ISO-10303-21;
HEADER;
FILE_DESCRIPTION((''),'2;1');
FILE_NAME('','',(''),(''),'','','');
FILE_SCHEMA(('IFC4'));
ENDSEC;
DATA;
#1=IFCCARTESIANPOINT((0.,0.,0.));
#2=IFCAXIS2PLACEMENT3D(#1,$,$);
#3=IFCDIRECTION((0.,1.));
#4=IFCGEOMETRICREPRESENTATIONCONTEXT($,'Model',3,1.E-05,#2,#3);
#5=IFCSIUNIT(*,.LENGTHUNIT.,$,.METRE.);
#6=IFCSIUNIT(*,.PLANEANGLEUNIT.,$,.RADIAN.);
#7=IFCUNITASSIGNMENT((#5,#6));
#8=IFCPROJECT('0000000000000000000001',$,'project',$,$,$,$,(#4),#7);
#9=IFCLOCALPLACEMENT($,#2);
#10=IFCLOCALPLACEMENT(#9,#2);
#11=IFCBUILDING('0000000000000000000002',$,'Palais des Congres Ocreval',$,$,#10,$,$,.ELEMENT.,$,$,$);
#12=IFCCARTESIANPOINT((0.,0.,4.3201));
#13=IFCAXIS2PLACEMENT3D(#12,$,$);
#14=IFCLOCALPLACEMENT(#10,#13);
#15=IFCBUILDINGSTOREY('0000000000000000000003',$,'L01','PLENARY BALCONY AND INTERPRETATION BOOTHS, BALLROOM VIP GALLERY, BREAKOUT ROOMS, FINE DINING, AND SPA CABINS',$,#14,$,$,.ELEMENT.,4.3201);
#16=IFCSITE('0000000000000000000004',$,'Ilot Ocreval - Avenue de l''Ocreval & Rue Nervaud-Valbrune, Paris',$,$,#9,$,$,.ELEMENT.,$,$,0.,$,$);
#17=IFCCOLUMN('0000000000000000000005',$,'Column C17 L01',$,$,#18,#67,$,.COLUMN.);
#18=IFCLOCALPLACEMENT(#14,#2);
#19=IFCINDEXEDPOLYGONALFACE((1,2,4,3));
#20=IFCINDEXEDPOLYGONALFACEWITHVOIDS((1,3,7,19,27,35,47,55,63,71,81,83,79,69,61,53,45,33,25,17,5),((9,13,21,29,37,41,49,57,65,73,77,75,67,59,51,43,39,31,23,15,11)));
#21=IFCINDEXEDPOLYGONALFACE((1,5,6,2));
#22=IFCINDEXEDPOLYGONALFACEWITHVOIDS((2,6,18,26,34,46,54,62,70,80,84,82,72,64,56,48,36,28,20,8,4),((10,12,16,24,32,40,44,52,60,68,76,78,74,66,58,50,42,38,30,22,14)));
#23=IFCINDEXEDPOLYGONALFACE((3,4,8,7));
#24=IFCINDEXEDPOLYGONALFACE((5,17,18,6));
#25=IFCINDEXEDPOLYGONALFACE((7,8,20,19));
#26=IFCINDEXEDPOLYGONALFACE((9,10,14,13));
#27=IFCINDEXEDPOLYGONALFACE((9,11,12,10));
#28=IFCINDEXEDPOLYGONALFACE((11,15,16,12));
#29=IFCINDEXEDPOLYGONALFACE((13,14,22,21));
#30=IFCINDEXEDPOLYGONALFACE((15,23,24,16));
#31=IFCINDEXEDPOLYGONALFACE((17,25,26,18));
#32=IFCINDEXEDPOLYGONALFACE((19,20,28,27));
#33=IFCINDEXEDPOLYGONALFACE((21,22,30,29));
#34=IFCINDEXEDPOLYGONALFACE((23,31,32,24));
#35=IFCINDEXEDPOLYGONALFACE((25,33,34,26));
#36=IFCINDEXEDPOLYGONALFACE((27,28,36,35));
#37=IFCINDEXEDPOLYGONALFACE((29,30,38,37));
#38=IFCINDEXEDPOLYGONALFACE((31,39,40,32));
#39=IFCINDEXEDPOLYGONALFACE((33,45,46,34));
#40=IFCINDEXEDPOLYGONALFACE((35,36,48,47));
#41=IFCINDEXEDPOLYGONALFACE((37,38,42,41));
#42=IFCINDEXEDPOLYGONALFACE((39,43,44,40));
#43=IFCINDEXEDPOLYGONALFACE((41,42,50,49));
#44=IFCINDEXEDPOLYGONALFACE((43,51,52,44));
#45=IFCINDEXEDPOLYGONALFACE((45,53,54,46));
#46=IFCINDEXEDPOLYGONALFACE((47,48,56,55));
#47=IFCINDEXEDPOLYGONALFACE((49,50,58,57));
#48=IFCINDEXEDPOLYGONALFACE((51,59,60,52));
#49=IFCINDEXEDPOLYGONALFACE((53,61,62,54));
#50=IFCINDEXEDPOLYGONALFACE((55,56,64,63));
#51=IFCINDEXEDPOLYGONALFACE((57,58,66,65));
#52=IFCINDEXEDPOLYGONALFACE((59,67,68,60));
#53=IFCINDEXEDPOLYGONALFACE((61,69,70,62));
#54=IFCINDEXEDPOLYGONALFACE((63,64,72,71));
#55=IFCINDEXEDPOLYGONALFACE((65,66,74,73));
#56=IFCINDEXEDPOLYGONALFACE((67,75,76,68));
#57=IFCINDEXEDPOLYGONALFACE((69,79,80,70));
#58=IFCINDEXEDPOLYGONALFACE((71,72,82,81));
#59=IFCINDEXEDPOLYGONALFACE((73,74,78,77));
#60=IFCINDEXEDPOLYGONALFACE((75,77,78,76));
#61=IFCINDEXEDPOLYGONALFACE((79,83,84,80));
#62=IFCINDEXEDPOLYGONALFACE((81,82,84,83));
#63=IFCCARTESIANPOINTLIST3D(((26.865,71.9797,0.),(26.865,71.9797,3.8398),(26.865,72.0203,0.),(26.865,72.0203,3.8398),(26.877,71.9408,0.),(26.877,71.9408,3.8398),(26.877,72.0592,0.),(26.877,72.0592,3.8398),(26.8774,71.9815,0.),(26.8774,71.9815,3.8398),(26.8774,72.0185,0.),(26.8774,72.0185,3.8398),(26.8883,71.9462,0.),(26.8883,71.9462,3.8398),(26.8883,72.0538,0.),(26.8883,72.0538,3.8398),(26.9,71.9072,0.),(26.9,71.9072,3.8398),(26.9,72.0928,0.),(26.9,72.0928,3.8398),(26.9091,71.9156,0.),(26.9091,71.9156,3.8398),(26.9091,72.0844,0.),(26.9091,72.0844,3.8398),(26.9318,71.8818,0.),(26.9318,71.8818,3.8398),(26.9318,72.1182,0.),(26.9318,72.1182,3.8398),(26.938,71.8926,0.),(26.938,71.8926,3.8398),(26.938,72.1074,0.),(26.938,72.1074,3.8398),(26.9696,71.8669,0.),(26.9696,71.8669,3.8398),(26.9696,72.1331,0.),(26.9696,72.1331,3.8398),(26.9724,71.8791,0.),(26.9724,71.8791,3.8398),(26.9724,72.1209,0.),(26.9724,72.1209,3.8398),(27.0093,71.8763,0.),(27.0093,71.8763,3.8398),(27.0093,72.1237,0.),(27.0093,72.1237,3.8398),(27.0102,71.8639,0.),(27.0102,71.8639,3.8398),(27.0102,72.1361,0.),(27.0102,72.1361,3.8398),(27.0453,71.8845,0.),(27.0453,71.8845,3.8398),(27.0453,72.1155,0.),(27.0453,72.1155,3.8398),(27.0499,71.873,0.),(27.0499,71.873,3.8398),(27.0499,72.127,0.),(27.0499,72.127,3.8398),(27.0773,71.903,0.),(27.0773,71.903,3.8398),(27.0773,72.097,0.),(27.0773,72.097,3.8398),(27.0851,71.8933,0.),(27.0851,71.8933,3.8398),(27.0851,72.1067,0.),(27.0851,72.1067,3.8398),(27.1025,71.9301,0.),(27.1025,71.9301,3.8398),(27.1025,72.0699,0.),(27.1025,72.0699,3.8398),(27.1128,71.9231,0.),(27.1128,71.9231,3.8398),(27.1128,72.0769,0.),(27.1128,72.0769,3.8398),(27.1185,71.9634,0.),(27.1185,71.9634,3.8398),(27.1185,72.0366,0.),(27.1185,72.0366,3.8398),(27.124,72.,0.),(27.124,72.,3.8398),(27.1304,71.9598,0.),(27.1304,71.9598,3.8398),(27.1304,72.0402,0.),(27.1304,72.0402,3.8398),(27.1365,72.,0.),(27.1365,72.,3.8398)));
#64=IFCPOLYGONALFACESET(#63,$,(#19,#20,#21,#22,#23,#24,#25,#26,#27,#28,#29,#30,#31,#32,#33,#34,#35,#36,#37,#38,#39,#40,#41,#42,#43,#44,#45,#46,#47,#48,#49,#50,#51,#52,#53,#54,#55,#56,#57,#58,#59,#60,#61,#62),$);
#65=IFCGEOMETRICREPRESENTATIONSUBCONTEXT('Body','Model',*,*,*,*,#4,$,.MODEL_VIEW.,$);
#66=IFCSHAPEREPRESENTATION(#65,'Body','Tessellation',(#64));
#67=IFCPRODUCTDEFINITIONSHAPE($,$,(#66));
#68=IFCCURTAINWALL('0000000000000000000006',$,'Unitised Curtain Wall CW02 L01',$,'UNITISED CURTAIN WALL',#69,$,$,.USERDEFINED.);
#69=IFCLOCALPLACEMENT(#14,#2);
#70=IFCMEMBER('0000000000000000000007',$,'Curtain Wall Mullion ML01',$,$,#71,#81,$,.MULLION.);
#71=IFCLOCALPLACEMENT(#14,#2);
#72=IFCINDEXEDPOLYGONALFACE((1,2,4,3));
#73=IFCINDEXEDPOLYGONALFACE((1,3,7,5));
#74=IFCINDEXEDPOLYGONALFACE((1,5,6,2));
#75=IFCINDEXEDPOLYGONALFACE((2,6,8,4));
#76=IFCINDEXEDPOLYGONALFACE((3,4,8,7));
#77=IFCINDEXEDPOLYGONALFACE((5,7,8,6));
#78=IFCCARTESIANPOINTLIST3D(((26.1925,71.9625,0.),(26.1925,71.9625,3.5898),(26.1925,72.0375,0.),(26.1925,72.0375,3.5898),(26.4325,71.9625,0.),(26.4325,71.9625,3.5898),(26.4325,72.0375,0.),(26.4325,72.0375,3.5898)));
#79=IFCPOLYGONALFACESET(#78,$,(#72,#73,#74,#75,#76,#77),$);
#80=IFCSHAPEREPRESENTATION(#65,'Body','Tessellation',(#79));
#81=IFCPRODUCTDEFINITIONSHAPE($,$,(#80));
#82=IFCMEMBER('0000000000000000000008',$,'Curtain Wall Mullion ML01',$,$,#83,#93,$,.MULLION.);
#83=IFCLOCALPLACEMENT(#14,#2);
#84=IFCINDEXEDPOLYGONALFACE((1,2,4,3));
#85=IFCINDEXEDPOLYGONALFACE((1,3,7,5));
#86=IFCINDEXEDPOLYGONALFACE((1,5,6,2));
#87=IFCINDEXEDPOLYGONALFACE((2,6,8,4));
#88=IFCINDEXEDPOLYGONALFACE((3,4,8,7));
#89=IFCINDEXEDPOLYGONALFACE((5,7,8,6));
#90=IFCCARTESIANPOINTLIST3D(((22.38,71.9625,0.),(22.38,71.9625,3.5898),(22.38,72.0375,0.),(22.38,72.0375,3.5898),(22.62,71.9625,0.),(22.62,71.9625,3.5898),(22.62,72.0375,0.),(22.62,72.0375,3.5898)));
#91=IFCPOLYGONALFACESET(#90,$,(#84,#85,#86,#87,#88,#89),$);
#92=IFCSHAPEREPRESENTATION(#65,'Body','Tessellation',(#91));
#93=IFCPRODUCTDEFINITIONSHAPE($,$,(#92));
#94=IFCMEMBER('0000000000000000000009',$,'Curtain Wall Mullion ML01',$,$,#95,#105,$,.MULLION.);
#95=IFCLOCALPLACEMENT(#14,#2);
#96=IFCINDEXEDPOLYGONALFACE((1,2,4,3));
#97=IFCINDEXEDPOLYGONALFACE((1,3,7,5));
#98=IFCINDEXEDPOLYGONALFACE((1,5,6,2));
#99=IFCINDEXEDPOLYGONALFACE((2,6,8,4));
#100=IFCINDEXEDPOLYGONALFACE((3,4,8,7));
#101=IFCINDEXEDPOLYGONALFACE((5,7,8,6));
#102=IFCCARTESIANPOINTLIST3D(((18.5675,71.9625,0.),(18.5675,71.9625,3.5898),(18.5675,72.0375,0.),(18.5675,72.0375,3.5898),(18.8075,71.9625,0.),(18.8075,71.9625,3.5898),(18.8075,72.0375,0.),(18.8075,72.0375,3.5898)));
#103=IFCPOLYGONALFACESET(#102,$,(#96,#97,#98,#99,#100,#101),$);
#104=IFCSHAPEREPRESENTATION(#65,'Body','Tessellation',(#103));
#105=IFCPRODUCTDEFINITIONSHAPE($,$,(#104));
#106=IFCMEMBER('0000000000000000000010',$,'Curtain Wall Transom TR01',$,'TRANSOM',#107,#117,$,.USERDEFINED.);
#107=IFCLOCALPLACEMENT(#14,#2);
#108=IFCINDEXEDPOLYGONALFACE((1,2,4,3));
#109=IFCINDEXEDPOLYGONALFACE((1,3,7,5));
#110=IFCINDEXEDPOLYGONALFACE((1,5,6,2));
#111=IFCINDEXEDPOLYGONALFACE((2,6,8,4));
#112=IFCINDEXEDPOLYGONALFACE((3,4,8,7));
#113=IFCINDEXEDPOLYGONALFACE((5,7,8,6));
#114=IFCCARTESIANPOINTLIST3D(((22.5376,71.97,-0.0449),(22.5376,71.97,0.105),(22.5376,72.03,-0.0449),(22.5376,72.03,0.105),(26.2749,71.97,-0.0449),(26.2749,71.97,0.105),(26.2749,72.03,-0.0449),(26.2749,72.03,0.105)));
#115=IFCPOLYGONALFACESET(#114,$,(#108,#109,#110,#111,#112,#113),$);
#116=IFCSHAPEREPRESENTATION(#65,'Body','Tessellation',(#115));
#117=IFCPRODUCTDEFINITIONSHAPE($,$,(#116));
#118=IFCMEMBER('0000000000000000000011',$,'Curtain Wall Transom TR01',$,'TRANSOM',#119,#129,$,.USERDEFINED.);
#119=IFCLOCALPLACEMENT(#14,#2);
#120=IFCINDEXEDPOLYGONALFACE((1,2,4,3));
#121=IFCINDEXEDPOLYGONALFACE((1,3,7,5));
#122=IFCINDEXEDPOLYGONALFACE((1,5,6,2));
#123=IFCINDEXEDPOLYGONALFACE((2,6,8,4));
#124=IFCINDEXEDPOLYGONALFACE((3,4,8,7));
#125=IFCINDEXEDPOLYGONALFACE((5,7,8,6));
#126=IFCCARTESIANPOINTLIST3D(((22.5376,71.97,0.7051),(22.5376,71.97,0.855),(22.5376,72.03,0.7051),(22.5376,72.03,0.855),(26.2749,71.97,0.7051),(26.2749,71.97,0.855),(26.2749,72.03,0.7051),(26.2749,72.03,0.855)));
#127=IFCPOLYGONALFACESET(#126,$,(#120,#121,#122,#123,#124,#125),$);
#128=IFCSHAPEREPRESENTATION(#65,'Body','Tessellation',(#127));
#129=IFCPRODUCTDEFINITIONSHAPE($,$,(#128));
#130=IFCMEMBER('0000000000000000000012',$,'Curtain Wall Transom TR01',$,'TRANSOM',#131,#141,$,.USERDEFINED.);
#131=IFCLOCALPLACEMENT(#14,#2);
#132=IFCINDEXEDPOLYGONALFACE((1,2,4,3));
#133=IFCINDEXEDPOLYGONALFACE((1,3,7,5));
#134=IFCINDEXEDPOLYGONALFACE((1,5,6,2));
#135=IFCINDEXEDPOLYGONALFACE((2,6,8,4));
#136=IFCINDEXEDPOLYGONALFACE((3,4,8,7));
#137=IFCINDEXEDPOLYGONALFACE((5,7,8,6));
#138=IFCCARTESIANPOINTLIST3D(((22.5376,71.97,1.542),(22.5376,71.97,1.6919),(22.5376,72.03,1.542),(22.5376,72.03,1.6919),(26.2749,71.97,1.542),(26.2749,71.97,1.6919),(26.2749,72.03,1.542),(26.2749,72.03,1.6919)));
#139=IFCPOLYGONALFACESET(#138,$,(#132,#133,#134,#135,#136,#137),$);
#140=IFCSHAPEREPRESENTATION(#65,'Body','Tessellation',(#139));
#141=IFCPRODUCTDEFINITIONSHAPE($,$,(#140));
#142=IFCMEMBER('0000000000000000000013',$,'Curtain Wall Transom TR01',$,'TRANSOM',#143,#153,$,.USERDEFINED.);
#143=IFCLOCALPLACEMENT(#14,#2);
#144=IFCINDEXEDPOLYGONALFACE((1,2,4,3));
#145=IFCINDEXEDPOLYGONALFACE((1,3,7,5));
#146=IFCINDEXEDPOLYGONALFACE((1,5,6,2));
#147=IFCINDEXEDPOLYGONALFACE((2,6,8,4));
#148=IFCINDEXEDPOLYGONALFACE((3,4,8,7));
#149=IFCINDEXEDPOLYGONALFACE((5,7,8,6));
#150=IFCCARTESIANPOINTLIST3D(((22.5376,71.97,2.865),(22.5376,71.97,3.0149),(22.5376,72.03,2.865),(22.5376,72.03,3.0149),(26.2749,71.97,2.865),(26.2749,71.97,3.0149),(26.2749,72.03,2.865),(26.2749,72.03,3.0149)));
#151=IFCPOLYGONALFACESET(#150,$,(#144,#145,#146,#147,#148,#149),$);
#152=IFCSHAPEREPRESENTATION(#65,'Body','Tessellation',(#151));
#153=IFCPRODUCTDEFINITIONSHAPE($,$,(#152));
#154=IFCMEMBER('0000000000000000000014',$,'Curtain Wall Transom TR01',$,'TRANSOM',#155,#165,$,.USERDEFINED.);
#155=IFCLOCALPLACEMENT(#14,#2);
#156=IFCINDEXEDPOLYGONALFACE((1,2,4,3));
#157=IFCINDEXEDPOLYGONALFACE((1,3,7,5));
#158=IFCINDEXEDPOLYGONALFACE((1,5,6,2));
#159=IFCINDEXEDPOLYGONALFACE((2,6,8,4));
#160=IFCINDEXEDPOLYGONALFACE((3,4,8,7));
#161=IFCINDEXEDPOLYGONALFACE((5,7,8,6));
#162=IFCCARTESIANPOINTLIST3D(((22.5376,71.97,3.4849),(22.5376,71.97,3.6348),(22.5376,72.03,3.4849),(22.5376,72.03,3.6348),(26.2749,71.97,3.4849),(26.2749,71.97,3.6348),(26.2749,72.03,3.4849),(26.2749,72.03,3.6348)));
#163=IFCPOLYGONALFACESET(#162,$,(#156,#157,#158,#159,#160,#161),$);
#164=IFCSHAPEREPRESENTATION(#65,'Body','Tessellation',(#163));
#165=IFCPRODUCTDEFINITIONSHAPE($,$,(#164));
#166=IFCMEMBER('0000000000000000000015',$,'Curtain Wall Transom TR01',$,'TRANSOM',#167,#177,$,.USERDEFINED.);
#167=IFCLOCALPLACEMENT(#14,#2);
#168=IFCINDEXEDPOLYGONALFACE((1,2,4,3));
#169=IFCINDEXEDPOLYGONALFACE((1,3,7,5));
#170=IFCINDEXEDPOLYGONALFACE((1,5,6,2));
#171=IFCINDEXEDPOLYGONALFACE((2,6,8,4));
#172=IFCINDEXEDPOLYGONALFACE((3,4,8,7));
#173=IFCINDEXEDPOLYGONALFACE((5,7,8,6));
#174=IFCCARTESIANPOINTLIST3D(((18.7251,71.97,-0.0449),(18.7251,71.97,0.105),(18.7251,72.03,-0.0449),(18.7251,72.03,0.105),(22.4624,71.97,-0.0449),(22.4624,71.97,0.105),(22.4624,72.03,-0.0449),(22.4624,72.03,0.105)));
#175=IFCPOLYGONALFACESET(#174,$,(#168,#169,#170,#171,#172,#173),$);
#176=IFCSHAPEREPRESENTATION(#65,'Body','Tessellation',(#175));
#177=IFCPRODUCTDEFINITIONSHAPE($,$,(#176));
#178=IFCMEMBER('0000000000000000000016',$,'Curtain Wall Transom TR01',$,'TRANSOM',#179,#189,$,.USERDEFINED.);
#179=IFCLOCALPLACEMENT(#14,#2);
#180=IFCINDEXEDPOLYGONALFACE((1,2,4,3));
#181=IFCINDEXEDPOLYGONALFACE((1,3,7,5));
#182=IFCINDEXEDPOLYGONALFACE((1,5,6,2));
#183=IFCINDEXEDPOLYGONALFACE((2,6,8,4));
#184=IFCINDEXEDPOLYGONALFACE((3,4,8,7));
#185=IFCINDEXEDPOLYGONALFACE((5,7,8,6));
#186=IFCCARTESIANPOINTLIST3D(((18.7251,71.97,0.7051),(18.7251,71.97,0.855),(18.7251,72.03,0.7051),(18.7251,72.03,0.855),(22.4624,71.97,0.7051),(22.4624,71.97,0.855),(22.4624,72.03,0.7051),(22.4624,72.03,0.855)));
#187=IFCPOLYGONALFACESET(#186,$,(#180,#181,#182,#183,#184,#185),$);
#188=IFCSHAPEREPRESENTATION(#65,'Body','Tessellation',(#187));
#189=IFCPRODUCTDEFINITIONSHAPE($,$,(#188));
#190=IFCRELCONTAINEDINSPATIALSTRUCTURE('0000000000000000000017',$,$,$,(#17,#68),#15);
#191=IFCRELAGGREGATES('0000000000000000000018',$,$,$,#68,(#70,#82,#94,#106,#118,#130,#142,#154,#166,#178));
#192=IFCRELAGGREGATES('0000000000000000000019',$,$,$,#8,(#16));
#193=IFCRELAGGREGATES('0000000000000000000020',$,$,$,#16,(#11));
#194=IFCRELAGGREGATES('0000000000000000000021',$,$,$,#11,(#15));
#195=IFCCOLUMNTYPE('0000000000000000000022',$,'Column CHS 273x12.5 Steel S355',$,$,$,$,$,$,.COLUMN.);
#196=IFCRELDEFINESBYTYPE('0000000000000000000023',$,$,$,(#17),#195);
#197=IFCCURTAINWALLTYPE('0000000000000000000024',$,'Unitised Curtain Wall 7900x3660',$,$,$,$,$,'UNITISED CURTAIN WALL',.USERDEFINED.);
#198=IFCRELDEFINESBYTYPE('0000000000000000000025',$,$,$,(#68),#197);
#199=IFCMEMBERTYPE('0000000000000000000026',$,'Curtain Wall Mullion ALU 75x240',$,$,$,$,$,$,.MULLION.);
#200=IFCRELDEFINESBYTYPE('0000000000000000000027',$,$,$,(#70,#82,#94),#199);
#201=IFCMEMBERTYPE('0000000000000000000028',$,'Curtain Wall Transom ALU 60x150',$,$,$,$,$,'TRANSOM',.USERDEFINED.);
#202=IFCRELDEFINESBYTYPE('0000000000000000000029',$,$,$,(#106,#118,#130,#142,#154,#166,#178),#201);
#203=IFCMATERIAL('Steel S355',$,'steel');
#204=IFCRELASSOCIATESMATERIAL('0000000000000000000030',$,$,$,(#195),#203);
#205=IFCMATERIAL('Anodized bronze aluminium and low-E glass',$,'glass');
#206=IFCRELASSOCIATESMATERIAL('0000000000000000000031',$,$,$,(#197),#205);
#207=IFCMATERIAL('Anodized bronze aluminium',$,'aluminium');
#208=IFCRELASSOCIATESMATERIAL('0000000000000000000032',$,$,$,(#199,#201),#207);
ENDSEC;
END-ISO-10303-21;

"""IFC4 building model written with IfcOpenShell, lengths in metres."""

from ifc_helpers import new_model, si_unit, direction, frame, origin, origin_2d, place, context, subcontext, project, spatial, rectangle, hollow_circle, extrude, material, material_profile, profile_set, type_object, element, aggregate, save


model = new_model("IFC4")

# Units and contexts
model_context = context("Model", 3, precision=1e-05, world=origin(), true_north=direction((0.0, 1.0)))
body_context = subcontext(model_context, "Body", "Model", "MODEL_VIEW")
ifc_project = project(units=[si_unit("LENGTHUNIT", "METRE"), si_unit("PLANEANGLEUNIT", "RADIAN")], contexts=[model_context])

# Site, building, storey
site_placement = place(None, origin())
site = spatial("IfcSite", under=ifc_project, at=site_placement, Name="Ilot Ocreval - Avenue de l'Ocreval & Rue Nervaud-Valbrune, Paris", CompositionType="ELEMENT", RefElevation=0.0)
building_placement = place(site_placement, origin())
building = spatial("IfcBuilding", under=site, at=building_placement, Name="Palais des Congres Ocreval", CompositionType="ELEMENT")
storey_placement = place(building_placement, frame((0.0, 0.0, 4.3201)))
storey = spatial("IfcBuildingStorey", under=building, at=storey_placement, Name="L01", Description="PLENARY BALCONY AND INTERPRETATION BOOTHS, BALLROOM VIP GALLERY, BREAKOUT ROOMS, FINE DINING, AND SPA CABINS", CompositionType="ELEMENT", Elevation=4.3201)

# Column
ifc_material_1 = material(Name="Steel S355", Category="steel")
ifc_material_profile_1 = material_profile(ifc_material_1, hollow_circle(Radius=0.1365, WallThickness=0.0125, at=origin_2d()), Name="CHS 273x12.5")
ifc_profile_set_1 = profile_set([ifc_material_profile_1], Name="Steel S355")
column_type = type_object("IfcColumnType", Name="Column CHS 273x12.5 Steel S355", PredefinedType="COLUMN", material=ifc_profile_set_1)
column_placement = place(storey_placement, frame((27.0, 72.0, 0.0), z_axis=(0.0, 0.0, 1.0), x_axis=(1.0, 0.0, 0.0)))
element("IfcColumn", 1, at=column_placement, inside=storey, type_object=column_type, Name="Column C17 L01", PredefinedType="COLUMN", context=body_context, shape_type="SweptSolid", body=[
    extrude(hollow_circle(Radius=0.1365, WallThickness=0.0125, at=origin_2d()), origin(), (0.0, 0.0, 1.0), 3.8398),
])

# Curtain wall, members
ifc_material_2 = material(Name="Anodized bronze aluminium and low-E glass", Category="glass")
curtain_wall_type = type_object("IfcCurtainWallType", Name="Unitised Curtain Wall 7900x3660", ElementType="UNITISED CURTAIN WALL", PredefinedType="USERDEFINED", material=ifc_material_2)
curtain_wall_placement = place(storey_placement, origin())
curtain_wall = element("IfcCurtainWall", 2, at=curtain_wall_placement, inside=storey, type_object=curtain_wall_type, Name="Unitised Curtain Wall CW02 L01", ObjectType="UNITISED CURTAIN WALL", PredefinedType="USERDEFINED")
ifc_material_3 = material(Name="Anodized bronze aluminium", Category="aluminium")
ifc_material_profile_2 = material_profile(ifc_material_3, rectangle(XDim=0.075, YDim=0.24, at=origin_2d()), Name="ALU 75x240")
ifc_profile_set_2 = profile_set([ifc_material_profile_2], Name="Anodized bronze aluminium")
member_type_1 = type_object("IfcMemberType", Name="Curtain Wall Mullion ALU 75x240", PredefinedType="MULLION", material=ifc_profile_set_2)
member_1_placement = place(storey_placement, frame((26.3125, 72.0, 0.0), z_axis=(0.0, 0.0, 1.0), x_axis=(0.0, -1.0, 0.0)))
member_1 = element("IfcMember", 3, at=member_1_placement, type_object=member_type_1, Name="Curtain Wall Mullion ML01", PredefinedType="MULLION", context=body_context, shape_type="SweptSolid", body=[
    extrude(rectangle(XDim=0.075, YDim=0.24, at=origin_2d()), origin(), (0.0, 0.0, 1.0), 3.5898),
])
member_2_placement = place(storey_placement, frame((22.5, 72.0, 0.0), z_axis=(0.0, 0.0, 1.0), x_axis=(0.0, -1.0, 0.0)))
member_2 = element("IfcMember", 4, at=member_2_placement, type_object=member_type_1, Name="Curtain Wall Mullion ML01", PredefinedType="MULLION", context=body_context, shape_type="SweptSolid", body=[
    extrude(rectangle(XDim=0.075, YDim=0.24, at=origin_2d()), origin(), (0.0, 0.0, 1.0), 3.5898),
])
member_3_placement = place(storey_placement, frame((18.6875, 72.0, 0.0), z_axis=(0.0, 0.0, 1.0), x_axis=(0.0, -1.0, 0.0)))
member_3 = element("IfcMember", 5, at=member_3_placement, type_object=member_type_1, Name="Curtain Wall Mullion ML01", PredefinedType="MULLION", context=body_context, shape_type="SweptSolid", body=[
    extrude(rectangle(XDim=0.075, YDim=0.24, at=origin_2d()), origin(), (0.0, 0.0, 1.0), 3.5898),
])
ifc_material_profile_3 = material_profile(ifc_material_3, rectangle(XDim=0.0601, YDim=0.1499, at=origin_2d()), Name="ALU 60x150")
ifc_profile_set_3 = profile_set([ifc_material_profile_3], Name="Anodized bronze aluminium")
member_type_2 = type_object("IfcMemberType", Name="Curtain Wall Transom ALU 60x150", ElementType="TRANSOM", PredefinedType="USERDEFINED", material=ifc_profile_set_3)
member_4_placement = place(storey_placement, frame((26.2749, 72.0, 0.03), z_axis=(-1.0, 0.0, 0.0), x_axis=(0.0, -1.0, 0.0)))
member_4 = element("IfcMember", 6, at=member_4_placement, type_object=member_type_2, Name="Curtain Wall Transom TR01", ObjectType="TRANSOM", PredefinedType="USERDEFINED", context=body_context, shape_type="SweptSolid", body=[
    extrude(rectangle(XDim=0.0601, YDim=0.1499, at=origin_2d()), origin(), (0.0, 0.0, 1.0), 3.7373),
])
member_5_placement = place(storey_placement, frame((26.2749, 72.0, 0.78), z_axis=(-1.0, 0.0, 0.0), x_axis=(0.0, -1.0, 0.0)))
member_5 = element("IfcMember", 7, at=member_5_placement, type_object=member_type_2, Name="Curtain Wall Transom TR01", ObjectType="TRANSOM", PredefinedType="USERDEFINED", context=body_context, shape_type="SweptSolid", body=[
    extrude(rectangle(XDim=0.0601, YDim=0.1499, at=origin_2d()), origin(), (0.0, 0.0, 1.0), 3.7373),
])
member_6_placement = place(storey_placement, frame((26.2749, 72.0, 1.6169), z_axis=(-1.0, 0.0, 0.0), x_axis=(0.0, -1.0, 0.0)))
member_6 = element("IfcMember", 8, at=member_6_placement, type_object=member_type_2, Name="Curtain Wall Transom TR01", ObjectType="TRANSOM", PredefinedType="USERDEFINED", context=body_context, shape_type="SweptSolid", body=[
    extrude(rectangle(XDim=0.0601, YDim=0.1499, at=origin_2d()), origin(), (0.0, 0.0, 1.0), 3.7373),
])
member_7_placement = place(storey_placement, frame((26.2749, 72.0, 2.9399), z_axis=(-1.0, 0.0, 0.0), x_axis=(0.0, -1.0, 0.0)))
member_7 = element("IfcMember", 9, at=member_7_placement, type_object=member_type_2, Name="Curtain Wall Transom TR01", ObjectType="TRANSOM", PredefinedType="USERDEFINED", context=body_context, shape_type="SweptSolid", body=[
    extrude(rectangle(XDim=0.0601, YDim=0.1499, at=origin_2d()), origin(), (0.0, 0.0, 1.0), 3.7373),
])
member_8_placement = place(storey_placement, frame((26.2749, 72.0, 3.5598), z_axis=(-1.0, 0.0, 0.0), x_axis=(0.0, -1.0, 0.0)))
member_8 = element("IfcMember", 10, at=member_8_placement, type_object=member_type_2, Name="Curtain Wall Transom TR01", ObjectType="TRANSOM", PredefinedType="USERDEFINED", context=body_context, shape_type="SweptSolid", body=[
    extrude(rectangle(XDim=0.0601, YDim=0.1499, at=origin_2d()), origin(), (0.0, 0.0, 1.0), 3.7373),
])
member_9_placement = place(storey_placement, frame((22.4624, 72.0, 0.03), z_axis=(-1.0, 0.0, 0.0), x_axis=(0.0, -1.0, 0.0)))
member_9 = element("IfcMember", 11, at=member_9_placement, type_object=member_type_2, Name="Curtain Wall Transom TR01", ObjectType="TRANSOM", PredefinedType="USERDEFINED", context=body_context, shape_type="SweptSolid", body=[
    extrude(rectangle(XDim=0.0601, YDim=0.1499, at=origin_2d()), origin(), (0.0, 0.0, 1.0), 3.7373),
])
member_10_placement = place(storey_placement, frame((22.4624, 72.0, 0.78), z_axis=(-1.0, 0.0, 0.0), x_axis=(0.0, -1.0, 0.0)))
member_10 = element("IfcMember", 12, at=member_10_placement, type_object=member_type_2, Name="Curtain Wall Transom TR01", ObjectType="TRANSOM", PredefinedType="USERDEFINED", context=body_context, shape_type="SweptSolid", body=[
    extrude(rectangle(XDim=0.0601, YDim=0.1499, at=origin_2d()), origin(), (0.0, 0.0, 1.0), 3.7373),
])
aggregate(curtain_wall, [member_1, member_2, member_3, member_4, member_5, member_6, member_7, member_8, member_9, member_10])

save(model, "model.ifc")
